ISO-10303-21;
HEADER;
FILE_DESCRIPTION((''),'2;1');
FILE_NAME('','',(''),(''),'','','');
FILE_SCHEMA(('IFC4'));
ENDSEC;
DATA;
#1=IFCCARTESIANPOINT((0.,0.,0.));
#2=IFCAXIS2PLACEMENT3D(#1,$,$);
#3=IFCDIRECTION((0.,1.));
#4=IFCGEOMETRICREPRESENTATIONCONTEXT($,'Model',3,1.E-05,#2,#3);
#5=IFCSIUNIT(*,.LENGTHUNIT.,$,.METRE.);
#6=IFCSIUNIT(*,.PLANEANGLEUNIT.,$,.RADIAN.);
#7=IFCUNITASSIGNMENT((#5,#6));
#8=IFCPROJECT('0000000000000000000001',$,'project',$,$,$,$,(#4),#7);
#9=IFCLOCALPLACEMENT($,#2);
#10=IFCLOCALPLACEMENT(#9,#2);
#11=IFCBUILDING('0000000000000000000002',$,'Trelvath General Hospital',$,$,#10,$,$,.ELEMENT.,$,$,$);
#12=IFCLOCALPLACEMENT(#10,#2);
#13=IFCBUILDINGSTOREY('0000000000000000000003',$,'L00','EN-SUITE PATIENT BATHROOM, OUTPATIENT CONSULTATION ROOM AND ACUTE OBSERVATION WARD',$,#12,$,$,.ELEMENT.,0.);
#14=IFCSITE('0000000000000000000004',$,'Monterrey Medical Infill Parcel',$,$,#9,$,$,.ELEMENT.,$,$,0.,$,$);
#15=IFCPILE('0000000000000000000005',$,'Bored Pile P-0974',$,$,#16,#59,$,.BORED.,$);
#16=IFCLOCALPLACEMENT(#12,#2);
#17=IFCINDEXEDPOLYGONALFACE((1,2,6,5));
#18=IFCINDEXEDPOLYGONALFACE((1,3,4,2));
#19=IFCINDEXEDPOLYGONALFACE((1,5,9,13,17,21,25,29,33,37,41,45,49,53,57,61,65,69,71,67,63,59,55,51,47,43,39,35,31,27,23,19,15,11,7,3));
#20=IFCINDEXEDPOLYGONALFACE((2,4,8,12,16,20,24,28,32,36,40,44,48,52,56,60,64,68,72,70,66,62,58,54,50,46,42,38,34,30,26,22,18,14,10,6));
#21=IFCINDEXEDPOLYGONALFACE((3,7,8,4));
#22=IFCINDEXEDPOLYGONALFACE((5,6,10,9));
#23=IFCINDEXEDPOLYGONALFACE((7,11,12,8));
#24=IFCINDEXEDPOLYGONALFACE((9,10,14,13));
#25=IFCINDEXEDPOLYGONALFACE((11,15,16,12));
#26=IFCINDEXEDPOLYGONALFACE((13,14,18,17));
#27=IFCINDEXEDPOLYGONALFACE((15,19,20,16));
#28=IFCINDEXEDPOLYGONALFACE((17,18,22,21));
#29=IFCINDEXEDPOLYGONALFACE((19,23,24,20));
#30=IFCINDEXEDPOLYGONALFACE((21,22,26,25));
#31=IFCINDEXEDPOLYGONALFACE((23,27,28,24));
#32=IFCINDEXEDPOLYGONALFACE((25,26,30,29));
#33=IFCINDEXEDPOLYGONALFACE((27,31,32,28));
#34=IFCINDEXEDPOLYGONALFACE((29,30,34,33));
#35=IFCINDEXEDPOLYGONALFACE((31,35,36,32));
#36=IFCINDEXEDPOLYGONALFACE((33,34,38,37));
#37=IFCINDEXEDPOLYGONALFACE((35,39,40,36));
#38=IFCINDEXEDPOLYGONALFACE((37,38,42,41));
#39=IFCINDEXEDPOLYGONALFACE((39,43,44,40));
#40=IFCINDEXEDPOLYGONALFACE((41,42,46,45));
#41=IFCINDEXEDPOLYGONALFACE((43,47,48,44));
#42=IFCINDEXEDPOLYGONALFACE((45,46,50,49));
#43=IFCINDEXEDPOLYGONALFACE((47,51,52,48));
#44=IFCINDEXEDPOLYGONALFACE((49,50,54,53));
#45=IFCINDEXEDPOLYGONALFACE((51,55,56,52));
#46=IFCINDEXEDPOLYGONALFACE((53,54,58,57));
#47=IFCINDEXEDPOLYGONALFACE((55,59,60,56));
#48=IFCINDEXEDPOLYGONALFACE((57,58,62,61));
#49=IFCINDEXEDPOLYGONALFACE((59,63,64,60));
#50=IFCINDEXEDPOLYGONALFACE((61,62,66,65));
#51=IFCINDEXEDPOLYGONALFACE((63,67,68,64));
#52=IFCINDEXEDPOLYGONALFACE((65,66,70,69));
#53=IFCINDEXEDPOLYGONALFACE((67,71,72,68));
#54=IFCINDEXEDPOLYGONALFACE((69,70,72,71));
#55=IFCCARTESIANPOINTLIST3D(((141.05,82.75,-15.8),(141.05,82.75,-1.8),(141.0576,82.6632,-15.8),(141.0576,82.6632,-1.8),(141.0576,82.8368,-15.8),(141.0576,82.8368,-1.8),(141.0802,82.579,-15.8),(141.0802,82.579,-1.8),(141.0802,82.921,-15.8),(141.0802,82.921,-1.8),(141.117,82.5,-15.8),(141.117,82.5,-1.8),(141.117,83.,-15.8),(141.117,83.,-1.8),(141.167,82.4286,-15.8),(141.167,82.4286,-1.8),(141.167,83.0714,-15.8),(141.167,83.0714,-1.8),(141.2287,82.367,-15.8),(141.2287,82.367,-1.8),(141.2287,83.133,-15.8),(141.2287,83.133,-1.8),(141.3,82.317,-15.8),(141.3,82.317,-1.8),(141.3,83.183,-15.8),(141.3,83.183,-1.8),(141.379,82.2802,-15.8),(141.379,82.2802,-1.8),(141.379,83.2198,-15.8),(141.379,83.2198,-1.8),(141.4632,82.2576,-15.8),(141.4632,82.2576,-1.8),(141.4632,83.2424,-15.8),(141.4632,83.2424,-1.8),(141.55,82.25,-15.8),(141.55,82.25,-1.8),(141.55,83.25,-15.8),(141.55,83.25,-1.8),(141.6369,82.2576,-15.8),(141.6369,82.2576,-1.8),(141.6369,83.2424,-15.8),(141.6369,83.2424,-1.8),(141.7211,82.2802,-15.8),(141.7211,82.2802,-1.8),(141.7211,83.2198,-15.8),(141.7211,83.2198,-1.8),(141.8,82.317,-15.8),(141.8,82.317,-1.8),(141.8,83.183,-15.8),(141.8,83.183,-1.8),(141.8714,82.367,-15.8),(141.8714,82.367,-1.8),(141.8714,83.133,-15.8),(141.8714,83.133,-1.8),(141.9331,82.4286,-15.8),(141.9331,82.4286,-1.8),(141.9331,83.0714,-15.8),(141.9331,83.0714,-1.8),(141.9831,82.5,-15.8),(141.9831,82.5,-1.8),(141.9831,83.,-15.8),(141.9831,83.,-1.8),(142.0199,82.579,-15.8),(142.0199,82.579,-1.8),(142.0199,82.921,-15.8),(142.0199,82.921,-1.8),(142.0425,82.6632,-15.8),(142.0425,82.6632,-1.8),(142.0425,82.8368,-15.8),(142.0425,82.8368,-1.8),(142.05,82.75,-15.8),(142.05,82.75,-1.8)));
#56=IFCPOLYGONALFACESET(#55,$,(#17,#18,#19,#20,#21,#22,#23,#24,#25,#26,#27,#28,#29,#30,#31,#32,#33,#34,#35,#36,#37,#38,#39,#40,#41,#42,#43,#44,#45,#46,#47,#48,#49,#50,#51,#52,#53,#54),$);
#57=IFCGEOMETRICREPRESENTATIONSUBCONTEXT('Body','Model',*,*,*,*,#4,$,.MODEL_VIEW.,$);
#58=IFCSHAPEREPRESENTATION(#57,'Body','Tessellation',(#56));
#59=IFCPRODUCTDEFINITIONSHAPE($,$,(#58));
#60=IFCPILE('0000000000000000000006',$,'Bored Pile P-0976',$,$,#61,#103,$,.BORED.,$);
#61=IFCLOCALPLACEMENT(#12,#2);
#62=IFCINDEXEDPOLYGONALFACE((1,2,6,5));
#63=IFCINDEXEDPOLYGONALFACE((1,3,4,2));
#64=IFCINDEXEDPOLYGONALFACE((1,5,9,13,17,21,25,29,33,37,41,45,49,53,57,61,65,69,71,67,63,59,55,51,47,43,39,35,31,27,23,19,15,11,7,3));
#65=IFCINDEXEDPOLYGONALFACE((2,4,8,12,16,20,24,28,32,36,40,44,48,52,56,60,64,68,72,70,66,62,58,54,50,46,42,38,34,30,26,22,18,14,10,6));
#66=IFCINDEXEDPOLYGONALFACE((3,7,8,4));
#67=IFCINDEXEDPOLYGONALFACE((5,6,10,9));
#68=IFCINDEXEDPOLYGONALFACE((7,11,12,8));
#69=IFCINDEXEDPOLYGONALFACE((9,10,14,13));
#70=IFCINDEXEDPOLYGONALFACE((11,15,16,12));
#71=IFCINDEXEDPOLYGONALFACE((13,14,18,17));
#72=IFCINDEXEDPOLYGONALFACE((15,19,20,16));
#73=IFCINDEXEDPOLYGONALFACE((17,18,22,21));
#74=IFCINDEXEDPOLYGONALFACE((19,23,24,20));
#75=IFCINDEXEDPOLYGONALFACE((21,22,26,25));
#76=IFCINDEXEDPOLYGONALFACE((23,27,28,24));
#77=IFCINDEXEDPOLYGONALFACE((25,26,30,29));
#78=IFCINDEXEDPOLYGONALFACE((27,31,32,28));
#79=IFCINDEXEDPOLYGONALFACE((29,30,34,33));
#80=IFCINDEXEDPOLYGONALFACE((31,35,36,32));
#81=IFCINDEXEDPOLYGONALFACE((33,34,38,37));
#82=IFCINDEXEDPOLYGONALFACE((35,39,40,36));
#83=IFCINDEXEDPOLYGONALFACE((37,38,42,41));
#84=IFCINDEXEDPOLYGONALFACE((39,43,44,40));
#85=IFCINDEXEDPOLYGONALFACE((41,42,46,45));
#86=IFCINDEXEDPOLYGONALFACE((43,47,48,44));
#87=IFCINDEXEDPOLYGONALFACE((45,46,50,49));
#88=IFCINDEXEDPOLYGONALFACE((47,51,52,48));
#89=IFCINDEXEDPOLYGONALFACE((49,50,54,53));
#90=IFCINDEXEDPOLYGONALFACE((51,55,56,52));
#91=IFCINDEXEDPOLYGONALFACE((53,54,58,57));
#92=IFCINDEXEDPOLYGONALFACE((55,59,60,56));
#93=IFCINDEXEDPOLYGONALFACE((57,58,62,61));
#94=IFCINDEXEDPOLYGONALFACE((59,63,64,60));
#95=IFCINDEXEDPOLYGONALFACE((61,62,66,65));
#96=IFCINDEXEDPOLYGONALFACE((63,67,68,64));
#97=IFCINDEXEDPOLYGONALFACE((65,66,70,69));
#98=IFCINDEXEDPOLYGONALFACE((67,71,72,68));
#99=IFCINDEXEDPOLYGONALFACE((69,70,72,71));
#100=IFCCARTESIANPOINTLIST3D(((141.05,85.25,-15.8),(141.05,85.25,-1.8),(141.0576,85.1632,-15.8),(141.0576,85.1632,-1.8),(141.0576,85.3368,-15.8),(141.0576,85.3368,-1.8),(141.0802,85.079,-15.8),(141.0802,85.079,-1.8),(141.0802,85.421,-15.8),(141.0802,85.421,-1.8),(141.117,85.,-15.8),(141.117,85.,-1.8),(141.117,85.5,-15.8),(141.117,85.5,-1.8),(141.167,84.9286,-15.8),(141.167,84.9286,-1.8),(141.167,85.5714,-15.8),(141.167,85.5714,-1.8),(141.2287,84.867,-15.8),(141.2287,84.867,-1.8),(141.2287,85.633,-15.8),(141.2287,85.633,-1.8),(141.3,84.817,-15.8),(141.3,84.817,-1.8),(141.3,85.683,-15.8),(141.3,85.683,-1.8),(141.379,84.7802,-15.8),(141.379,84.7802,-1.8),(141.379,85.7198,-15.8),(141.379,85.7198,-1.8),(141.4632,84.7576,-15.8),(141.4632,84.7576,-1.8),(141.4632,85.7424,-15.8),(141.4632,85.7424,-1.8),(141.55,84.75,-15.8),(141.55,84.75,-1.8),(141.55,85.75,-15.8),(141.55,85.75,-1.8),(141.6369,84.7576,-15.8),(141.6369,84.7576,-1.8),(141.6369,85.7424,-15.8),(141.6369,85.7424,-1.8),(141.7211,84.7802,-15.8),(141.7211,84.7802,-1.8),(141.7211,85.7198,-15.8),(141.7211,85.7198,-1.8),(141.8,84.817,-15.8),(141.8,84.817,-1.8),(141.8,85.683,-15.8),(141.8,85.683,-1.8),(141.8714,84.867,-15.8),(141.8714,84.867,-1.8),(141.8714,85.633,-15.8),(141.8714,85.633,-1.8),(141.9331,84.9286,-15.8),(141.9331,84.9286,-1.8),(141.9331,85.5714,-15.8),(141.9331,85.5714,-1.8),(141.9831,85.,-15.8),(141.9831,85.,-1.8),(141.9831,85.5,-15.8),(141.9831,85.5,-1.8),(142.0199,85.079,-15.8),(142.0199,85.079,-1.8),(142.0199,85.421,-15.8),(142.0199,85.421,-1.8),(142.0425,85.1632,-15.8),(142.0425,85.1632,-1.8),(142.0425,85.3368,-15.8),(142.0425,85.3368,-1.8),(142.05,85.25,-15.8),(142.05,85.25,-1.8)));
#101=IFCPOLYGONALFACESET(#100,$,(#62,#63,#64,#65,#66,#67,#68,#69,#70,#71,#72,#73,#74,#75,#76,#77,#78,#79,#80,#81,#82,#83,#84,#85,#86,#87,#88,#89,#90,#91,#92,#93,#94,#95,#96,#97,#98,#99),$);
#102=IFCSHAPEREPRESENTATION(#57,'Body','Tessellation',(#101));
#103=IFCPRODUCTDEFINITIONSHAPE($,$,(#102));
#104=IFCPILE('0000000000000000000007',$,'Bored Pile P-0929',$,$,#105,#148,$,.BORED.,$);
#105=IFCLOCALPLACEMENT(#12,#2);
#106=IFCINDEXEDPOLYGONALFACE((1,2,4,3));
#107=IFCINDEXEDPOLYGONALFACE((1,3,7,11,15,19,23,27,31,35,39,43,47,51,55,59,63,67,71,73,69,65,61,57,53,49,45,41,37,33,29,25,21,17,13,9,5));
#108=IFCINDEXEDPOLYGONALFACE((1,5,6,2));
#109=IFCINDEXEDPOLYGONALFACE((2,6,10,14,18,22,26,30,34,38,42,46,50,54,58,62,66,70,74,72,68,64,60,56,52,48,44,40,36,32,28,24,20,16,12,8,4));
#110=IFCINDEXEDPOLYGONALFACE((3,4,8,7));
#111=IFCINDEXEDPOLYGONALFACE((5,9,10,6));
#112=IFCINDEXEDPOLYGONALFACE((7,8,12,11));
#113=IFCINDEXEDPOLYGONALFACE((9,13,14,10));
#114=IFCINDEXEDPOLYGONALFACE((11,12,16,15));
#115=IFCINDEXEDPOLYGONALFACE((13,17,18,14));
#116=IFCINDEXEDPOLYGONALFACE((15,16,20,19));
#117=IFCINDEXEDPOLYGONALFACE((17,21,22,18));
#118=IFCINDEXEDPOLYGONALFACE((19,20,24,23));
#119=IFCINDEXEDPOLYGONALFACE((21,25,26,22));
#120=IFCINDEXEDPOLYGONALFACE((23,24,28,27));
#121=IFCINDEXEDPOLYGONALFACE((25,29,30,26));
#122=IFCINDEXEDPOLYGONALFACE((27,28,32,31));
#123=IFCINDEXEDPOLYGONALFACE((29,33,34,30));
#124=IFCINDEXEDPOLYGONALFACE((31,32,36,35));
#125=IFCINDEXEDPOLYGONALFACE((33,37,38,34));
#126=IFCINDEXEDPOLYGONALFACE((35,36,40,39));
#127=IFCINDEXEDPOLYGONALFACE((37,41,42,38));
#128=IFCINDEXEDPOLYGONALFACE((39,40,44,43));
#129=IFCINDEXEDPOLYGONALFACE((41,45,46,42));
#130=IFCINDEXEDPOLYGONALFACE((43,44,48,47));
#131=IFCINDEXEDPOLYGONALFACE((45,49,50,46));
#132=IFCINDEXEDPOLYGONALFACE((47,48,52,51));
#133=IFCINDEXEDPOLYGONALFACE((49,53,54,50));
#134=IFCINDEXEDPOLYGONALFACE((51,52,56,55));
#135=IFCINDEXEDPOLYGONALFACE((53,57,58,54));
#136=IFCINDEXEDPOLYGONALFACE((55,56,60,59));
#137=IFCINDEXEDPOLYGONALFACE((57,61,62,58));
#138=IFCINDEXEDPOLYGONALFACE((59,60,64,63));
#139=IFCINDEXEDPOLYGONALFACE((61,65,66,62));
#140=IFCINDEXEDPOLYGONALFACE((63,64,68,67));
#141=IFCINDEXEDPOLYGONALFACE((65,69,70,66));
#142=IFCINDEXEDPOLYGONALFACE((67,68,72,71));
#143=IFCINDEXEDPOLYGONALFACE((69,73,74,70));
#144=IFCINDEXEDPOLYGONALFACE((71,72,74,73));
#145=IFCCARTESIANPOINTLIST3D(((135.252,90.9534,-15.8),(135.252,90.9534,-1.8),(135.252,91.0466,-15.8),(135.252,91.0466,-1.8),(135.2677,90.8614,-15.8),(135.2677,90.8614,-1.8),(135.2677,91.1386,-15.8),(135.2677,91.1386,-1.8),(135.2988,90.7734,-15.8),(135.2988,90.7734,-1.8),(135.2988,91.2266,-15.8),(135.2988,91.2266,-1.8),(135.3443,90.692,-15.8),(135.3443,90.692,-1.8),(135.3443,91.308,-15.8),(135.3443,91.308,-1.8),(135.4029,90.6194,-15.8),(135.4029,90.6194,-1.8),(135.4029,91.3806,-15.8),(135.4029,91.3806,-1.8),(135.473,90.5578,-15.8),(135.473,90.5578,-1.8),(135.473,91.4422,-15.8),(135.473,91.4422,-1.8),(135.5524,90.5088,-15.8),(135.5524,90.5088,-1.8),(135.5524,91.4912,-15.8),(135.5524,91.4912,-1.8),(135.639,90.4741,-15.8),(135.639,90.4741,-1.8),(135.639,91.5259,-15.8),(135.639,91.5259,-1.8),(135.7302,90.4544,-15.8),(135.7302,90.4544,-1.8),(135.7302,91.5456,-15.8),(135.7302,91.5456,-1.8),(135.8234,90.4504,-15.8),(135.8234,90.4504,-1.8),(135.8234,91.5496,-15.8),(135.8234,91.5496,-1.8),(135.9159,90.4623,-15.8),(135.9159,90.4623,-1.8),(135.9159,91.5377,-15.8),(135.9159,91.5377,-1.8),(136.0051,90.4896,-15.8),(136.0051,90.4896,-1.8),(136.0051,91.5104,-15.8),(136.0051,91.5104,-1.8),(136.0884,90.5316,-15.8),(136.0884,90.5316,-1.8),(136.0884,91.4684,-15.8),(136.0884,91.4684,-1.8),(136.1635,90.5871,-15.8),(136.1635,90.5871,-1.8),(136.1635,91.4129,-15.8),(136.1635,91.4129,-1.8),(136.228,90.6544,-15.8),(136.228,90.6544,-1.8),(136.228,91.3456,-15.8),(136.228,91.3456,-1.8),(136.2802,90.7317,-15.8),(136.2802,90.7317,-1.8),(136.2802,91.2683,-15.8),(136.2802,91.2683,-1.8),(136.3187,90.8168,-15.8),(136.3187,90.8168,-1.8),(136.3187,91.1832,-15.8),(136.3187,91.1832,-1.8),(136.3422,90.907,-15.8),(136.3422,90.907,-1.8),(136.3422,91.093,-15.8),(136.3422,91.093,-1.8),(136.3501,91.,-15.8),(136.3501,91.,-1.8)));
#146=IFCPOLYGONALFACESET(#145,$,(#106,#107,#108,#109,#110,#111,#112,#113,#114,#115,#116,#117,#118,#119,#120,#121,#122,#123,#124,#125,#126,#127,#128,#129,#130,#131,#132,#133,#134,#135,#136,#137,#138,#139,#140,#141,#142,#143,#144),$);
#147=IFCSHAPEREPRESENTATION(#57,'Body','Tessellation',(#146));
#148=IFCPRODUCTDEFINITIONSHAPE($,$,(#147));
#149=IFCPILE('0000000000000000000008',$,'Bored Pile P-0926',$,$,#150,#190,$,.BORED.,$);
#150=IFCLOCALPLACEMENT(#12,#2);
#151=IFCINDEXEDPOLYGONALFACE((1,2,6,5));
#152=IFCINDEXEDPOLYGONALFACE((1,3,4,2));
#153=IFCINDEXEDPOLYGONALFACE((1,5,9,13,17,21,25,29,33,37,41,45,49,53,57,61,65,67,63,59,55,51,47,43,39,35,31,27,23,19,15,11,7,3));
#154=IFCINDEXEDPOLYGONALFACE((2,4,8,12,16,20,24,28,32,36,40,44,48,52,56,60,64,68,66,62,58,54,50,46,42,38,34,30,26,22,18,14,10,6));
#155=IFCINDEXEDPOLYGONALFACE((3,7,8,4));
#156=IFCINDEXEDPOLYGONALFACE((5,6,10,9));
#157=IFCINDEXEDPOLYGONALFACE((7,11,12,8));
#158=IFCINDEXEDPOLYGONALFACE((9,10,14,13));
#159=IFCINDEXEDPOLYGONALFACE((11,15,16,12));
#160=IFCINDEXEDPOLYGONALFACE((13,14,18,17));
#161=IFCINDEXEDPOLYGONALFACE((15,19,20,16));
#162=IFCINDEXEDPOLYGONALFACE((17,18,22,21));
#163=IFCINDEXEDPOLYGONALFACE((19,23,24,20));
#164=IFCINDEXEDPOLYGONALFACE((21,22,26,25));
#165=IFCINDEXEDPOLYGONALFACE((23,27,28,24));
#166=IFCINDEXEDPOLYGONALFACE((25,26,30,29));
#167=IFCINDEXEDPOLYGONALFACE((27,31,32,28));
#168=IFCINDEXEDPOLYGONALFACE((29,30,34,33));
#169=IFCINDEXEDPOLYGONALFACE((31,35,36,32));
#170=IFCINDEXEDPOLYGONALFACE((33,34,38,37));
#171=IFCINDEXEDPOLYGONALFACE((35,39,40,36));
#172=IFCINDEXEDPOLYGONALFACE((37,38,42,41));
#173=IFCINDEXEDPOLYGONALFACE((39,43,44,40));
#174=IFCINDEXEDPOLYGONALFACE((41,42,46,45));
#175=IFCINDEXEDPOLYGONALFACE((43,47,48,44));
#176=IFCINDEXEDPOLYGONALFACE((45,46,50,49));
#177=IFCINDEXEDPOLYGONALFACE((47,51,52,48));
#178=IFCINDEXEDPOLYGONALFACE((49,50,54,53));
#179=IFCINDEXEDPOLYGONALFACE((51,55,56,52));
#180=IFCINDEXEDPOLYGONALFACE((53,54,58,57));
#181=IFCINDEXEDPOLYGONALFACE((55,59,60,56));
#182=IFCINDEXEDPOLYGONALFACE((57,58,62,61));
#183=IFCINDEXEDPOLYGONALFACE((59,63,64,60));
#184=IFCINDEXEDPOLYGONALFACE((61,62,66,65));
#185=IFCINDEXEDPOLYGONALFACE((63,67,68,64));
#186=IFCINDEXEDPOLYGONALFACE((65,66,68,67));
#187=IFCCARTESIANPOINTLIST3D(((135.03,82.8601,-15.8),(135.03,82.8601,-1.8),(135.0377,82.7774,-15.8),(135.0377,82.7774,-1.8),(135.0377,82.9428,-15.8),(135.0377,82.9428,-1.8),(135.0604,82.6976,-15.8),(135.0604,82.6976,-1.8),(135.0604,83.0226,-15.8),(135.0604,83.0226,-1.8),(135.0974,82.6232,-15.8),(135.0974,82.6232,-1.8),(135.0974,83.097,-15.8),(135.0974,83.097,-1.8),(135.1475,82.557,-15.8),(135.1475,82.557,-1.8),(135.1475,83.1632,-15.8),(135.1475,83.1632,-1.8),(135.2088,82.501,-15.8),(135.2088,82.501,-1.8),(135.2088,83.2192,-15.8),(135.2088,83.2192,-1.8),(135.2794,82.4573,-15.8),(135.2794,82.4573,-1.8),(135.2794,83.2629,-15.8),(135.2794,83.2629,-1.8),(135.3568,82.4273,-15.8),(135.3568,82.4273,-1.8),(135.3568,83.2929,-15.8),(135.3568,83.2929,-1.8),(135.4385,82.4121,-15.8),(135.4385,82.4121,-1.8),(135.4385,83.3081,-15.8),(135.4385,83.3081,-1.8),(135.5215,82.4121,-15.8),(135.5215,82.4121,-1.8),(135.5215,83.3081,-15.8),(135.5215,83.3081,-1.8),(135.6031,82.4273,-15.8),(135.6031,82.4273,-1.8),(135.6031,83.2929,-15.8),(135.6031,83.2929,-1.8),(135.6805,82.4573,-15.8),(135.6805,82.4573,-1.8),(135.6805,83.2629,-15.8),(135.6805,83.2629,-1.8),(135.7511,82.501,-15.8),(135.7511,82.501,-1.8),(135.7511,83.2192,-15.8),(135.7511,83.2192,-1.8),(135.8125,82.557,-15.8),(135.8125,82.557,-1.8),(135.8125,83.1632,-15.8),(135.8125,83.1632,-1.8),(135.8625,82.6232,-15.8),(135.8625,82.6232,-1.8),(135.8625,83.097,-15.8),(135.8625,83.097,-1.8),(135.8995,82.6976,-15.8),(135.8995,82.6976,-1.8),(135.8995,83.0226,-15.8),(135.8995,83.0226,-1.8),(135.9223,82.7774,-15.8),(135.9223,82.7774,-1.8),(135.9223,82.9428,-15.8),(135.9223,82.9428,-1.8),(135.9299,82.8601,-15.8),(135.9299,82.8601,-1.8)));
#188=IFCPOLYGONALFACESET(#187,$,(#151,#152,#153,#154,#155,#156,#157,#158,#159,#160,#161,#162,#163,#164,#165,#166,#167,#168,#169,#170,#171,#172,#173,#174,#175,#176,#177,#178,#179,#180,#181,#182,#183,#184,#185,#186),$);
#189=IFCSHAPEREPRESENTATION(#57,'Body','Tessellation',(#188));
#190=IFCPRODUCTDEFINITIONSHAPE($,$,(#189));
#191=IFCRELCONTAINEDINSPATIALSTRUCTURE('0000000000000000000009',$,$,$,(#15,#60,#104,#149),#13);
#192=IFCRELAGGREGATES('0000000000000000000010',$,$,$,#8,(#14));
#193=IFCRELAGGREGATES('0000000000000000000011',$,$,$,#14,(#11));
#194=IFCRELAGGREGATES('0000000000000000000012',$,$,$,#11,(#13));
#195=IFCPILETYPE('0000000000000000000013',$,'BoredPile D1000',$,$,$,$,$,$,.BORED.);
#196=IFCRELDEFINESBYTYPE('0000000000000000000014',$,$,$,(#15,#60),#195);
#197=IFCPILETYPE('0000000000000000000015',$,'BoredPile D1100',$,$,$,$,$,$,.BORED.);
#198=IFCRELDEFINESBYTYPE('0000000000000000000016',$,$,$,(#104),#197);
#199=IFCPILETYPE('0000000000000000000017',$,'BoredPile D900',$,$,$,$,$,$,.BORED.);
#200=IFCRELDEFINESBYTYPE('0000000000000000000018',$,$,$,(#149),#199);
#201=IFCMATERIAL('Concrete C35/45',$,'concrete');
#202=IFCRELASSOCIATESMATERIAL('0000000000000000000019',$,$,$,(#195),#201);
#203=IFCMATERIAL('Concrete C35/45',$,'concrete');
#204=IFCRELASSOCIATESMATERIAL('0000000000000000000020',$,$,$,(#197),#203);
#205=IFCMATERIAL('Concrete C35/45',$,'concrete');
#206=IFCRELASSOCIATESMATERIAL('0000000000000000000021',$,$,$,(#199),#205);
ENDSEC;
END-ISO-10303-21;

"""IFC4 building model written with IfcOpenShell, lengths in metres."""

from ifc_helpers import new_model, si_unit, direction, frame, origin, origin_2d, place, context, subcontext, project, spatial, circle, extrude, material, material_profile, profile_set, type_object, element, save


model = new_model("IFC4")

# Units and contexts
model_context = context("Model", 3, precision=1e-05, world=origin(), true_north=direction((0.0, 1.0)))
body_context = subcontext(model_context, "Body", "Model", "MODEL_VIEW")
ifc_project = project(units=[si_unit("LENGTHUNIT", "METRE"), si_unit("PLANEANGLEUNIT", "RADIAN")], contexts=[model_context])

# Site, building, storey
site_placement = place(None, origin())
site = spatial("IfcSite", under=ifc_project, at=site_placement, Name="Monterrey Medical Infill Parcel", CompositionType="ELEMENT", RefElevation=0.0)
building_placement = place(site_placement, origin())
building = spatial("IfcBuilding", under=site, at=building_placement, Name="Trelvath General Hospital", CompositionType="ELEMENT")
storey_placement = place(building_placement, origin())
storey = spatial("IfcBuildingStorey", under=building, at=storey_placement, Name="L00", Description="EN-SUITE PATIENT BATHROOM, OUTPATIENT CONSULTATION ROOM AND ACUTE OBSERVATION WARD", CompositionType="ELEMENT", Elevation=0.0)

# Piles
ifc_material_1 = material(Name="Concrete C35/45", Category="concrete")
ifc_material_profile_1 = material_profile(ifc_material_1, circle(Radius=0.5, at=origin_2d()), Name="PILE1000")
ifc_profile_set_1 = profile_set([ifc_material_profile_1], Name="Concrete C35/45")
pile_type_1 = type_object("IfcPileType", Name="BoredPile D1000", PredefinedType="BORED", material=ifc_profile_set_1)
for number, where, z_axis, x_axis, name in (
    (1, (141.55, 82.75, -1.8), (0.0, 0.0, -1.0), (1.0, 0.0, 0.0), "Bored Pile P-0974"),
    (2, (141.55, 85.25, -1.8), (0.0, 0.0, -1.0), (1.0, 0.0, 0.0), "Bored Pile P-0976"),
):
    element("IfcPile", number, at=place(storey_placement, frame(where, z_axis=z_axis, x_axis=x_axis)), inside=storey, type_object=pile_type_1, Name=name, PredefinedType="BORED", context=body_context, shape_type="SweptSolid", body=[
        extrude(circle(Radius=0.5, at=origin_2d()), origin(), (0.0, 0.0, 1.0), 14.0),
    ])
ifc_material_2 = material(Name="Concrete C35/45", Category="concrete")
ifc_material_profile_2 = material_profile(ifc_material_2, circle(Radius=0.55, at=origin_2d()), Name="PILE1100")
ifc_profile_set_2 = profile_set([ifc_material_profile_2], Name="Concrete C35/45")
pile_type_2 = type_object("IfcPileType", Name="BoredPile D1100", PredefinedType="BORED", material=ifc_profile_set_2)
pile_placement = place(storey_placement, frame((135.8, 91.0, -1.8), z_axis=(0.0, 0.0, -1.0), x_axis=(1.0, 0.0, 0.0)))
element("IfcPile", 3, at=pile_placement, inside=storey, type_object=pile_type_2, Name="Bored Pile P-0929", PredefinedType="BORED", context=body_context, shape_type="SweptSolid", body=[
    extrude(circle(Radius=0.55, at=origin_2d()), origin(), (0.0, 0.0, 1.0), 14.0),
])
ifc_material_3 = material(Name="Concrete C35/45", Category="concrete")
ifc_material_profile_3 = material_profile(ifc_material_3, circle(Radius=0.45, at=origin_2d()), Name="PILE900")
ifc_profile_set_3 = profile_set([ifc_material_profile_3], Name="Concrete C35/45")
pile_type_3 = type_object("IfcPileType", Name="BoredPile D900", PredefinedType="BORED", material=ifc_profile_set_3)
for number, where, z_axis, x_axis, name in (
    (4, (135.48, 82.8601, -1.8), (0.0, 0.0, -1.0), (1.0, 0.0, 0.0), "Bored Pile P-0926"),
):
    element("IfcPile", number, at=place(storey_placement, frame(where, z_axis=z_axis, x_axis=x_axis)), inside=storey, type_object=pile_type_3, Name=name, PredefinedType="BORED", context=body_context, shape_type="SweptSolid", body=[
        extrude(circle(Radius=0.45, at=origin_2d()), origin(), (0.0, 0.0, 1.0), 14.0),
    ])

save(model, "model.ifc")
